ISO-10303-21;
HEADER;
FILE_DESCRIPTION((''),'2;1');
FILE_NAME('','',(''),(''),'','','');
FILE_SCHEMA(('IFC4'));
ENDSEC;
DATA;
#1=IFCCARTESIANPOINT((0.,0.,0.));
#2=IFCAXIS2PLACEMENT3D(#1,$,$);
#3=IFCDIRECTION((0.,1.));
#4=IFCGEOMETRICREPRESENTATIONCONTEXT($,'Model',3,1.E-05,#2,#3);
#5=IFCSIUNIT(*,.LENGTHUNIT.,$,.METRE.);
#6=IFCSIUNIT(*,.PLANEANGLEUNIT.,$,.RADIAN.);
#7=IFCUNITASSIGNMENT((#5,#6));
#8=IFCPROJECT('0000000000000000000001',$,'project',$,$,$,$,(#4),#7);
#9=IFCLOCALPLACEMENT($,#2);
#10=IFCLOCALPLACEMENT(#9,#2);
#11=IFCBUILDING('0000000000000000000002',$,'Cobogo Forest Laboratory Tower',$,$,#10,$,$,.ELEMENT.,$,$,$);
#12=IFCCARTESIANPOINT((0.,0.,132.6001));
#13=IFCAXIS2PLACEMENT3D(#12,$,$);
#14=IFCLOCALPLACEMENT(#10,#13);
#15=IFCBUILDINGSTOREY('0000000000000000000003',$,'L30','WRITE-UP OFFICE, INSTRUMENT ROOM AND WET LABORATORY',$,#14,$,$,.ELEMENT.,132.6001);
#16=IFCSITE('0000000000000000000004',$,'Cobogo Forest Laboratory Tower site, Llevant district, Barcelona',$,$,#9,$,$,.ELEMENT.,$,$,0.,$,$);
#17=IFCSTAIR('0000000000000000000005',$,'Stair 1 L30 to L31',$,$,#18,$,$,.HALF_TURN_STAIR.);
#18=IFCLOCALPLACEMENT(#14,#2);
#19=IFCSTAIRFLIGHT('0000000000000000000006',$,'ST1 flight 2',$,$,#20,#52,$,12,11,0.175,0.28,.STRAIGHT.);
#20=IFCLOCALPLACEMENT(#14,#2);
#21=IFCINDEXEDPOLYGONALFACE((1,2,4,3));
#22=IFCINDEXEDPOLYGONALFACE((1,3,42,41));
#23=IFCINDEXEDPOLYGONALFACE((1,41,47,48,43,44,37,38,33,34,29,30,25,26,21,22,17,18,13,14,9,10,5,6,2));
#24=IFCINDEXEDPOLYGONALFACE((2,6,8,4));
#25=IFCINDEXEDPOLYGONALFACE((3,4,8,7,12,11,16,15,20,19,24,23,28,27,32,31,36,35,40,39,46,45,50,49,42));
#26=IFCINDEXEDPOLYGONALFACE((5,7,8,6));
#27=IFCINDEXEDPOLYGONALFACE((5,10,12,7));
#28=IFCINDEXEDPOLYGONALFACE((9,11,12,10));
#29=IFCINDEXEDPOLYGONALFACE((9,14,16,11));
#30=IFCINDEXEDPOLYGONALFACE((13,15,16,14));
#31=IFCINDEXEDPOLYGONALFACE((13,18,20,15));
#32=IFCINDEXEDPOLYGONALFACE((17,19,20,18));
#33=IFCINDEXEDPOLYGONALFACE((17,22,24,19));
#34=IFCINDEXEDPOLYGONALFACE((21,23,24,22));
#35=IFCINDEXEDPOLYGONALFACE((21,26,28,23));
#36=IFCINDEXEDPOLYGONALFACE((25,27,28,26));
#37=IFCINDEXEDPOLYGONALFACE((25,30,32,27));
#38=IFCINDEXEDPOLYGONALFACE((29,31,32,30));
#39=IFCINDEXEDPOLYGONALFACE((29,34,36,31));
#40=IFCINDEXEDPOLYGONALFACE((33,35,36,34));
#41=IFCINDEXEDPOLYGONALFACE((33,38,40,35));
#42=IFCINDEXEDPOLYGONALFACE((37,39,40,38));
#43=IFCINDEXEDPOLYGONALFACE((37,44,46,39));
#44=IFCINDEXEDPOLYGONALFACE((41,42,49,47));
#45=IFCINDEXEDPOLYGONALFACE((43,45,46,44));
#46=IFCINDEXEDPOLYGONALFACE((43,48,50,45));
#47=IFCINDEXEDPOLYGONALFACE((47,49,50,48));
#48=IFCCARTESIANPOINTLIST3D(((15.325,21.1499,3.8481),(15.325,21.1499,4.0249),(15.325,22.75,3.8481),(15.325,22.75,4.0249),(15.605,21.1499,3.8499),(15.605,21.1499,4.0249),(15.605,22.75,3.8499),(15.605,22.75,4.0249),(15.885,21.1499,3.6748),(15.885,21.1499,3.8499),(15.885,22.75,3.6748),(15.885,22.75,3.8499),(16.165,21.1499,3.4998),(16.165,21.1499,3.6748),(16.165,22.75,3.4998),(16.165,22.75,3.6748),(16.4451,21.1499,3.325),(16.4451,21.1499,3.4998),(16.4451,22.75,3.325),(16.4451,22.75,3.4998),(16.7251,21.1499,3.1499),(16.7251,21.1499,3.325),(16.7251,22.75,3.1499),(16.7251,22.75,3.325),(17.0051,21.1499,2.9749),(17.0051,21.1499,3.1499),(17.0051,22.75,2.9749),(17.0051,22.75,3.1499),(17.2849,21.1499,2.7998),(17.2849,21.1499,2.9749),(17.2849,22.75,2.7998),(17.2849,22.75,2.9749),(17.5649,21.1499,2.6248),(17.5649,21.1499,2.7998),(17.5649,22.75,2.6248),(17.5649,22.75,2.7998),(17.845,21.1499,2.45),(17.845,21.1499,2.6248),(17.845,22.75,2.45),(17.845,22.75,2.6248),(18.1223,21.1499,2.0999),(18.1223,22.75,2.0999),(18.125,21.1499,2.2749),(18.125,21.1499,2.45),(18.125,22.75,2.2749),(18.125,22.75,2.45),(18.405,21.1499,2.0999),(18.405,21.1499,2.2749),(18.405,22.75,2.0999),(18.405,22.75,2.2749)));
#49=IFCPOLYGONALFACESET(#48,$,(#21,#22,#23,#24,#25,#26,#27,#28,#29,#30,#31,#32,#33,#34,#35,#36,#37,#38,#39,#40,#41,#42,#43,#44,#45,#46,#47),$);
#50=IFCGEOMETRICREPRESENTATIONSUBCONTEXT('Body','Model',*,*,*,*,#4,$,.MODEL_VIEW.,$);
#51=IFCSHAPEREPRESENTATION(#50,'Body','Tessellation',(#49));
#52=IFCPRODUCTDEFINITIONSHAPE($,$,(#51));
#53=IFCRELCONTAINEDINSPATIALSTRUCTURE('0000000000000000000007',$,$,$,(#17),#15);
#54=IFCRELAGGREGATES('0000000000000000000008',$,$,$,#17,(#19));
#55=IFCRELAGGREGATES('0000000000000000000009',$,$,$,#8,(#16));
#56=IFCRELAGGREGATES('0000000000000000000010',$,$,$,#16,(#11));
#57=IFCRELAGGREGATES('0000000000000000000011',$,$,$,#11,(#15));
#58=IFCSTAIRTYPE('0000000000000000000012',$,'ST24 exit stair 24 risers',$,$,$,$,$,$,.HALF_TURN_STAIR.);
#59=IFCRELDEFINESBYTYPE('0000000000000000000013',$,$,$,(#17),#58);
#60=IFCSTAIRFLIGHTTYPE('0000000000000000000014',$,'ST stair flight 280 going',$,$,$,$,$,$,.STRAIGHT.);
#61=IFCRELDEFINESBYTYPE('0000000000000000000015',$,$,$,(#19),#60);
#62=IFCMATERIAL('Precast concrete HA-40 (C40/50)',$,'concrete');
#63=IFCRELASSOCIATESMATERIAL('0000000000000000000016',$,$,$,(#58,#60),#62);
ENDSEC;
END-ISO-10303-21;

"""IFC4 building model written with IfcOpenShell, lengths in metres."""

from ifc_helpers import new_model, si_unit, direction, frame, origin, place, context, subcontext, project, spatial, polyline, outline, extrude, material, type_object, element, aggregate, save


model = new_model("IFC4")

# Units and contexts
model_context = context("Model", 3, precision=1e-05, world=origin(), true_north=direction((0.0, 1.0)))
body_context = subcontext(model_context, "Body", "Model", "MODEL_VIEW")
ifc_project = project(units=[si_unit("LENGTHUNIT", "METRE"), si_unit("PLANEANGLEUNIT", "RADIAN")], contexts=[model_context])

# Site, building, storey
site_placement = place(None, origin())
site = spatial("IfcSite", under=ifc_project, at=site_placement, Name="Cobogo Forest Laboratory Tower site, Llevant district, Barcelona", CompositionType="ELEMENT", RefElevation=0.0)
building_placement = place(site_placement, origin())
building = spatial("IfcBuilding", under=site, at=building_placement, Name="Cobogo Forest Laboratory Tower", CompositionType="ELEMENT")
storey_placement = place(building_placement, frame((0.0, 0.0, 132.6001)))
storey = spatial("IfcBuildingStorey", under=building, at=storey_placement, Name="L30", Description="WRITE-UP OFFICE, INSTRUMENT ROOM AND WET LABORATORY", CompositionType="ELEMENT", Elevation=132.6001)

# Stair, stair flight
ifc_material_1 = material(Name="Precast concrete HA-40 (C40/50)", Category="concrete")
stair_type = type_object("IfcStairType", Name="ST24 exit stair 24 risers", PredefinedType="HALF_TURN_STAIR", material=ifc_material_1)
stair_placement = place(storey_placement, origin())
stair = element("IfcStair", 1, at=stair_placement, inside=storey, type_object=stair_type, Name="Stair 1 L30 to L31", PredefinedType="HALF_TURN_STAIR")
stair_flight_type = type_object("IfcStairFlightType", Name="ST stair flight 280 going", PredefinedType="STRAIGHT", material=ifc_material_1)
stair_flight_1_placement = place(storey_placement, frame((18.405, 21.95, 2.0999), z_axis=(0.0, 0.0, 1.0), x_axis=(-1.0, 0.0, 0.0)))
stair_flight_1 = element("IfcStairFlight", 2, at=stair_flight_1_placement, type_object=stair_flight_type, Name="ST1 flight 2", NumberOfRisers=12, NumberOfTreads=11, PredefinedType="STRAIGHT", RiserHeight=0.175, TreadLength=0.28, context=body_context, shape_type="SweptSolid", body=[
    extrude(outline(polyline([(0.0, 0.0), (0.0, 0.175), (0.28, 0.175), (0.28, 0.3501), (0.5601, 0.3501), (0.5601, 0.5249), (0.8401, 0.5249), (0.8401, 0.7), (1.1201, 0.7), (1.1201, 0.875), (1.3999, 0.875), (1.3999, 1.05), (1.6799, 1.05), (1.6799, 1.2251), (1.96, 1.2251), (1.96, 1.3999), (2.24, 1.3999), (2.24, 1.575), (2.52, 1.575), (2.52, 1.75), (2.8, 1.75), (2.8, 1.925), (3.0801, 1.925), (3.0801, 2.1001), (3.0801, 1.7483), (0.2827, 0.0), (0.0, 0.0)])), frame((0.0, 0.8, 0.0), z_axis=(0.0, -1.0, 0.0), x_axis=(1.0, 0.0, 0.0)), (0.0, 0.0, 1.0), 1.6001),
])
aggregate(stair, [stair_flight_1])

save(model, "model.ifc")
